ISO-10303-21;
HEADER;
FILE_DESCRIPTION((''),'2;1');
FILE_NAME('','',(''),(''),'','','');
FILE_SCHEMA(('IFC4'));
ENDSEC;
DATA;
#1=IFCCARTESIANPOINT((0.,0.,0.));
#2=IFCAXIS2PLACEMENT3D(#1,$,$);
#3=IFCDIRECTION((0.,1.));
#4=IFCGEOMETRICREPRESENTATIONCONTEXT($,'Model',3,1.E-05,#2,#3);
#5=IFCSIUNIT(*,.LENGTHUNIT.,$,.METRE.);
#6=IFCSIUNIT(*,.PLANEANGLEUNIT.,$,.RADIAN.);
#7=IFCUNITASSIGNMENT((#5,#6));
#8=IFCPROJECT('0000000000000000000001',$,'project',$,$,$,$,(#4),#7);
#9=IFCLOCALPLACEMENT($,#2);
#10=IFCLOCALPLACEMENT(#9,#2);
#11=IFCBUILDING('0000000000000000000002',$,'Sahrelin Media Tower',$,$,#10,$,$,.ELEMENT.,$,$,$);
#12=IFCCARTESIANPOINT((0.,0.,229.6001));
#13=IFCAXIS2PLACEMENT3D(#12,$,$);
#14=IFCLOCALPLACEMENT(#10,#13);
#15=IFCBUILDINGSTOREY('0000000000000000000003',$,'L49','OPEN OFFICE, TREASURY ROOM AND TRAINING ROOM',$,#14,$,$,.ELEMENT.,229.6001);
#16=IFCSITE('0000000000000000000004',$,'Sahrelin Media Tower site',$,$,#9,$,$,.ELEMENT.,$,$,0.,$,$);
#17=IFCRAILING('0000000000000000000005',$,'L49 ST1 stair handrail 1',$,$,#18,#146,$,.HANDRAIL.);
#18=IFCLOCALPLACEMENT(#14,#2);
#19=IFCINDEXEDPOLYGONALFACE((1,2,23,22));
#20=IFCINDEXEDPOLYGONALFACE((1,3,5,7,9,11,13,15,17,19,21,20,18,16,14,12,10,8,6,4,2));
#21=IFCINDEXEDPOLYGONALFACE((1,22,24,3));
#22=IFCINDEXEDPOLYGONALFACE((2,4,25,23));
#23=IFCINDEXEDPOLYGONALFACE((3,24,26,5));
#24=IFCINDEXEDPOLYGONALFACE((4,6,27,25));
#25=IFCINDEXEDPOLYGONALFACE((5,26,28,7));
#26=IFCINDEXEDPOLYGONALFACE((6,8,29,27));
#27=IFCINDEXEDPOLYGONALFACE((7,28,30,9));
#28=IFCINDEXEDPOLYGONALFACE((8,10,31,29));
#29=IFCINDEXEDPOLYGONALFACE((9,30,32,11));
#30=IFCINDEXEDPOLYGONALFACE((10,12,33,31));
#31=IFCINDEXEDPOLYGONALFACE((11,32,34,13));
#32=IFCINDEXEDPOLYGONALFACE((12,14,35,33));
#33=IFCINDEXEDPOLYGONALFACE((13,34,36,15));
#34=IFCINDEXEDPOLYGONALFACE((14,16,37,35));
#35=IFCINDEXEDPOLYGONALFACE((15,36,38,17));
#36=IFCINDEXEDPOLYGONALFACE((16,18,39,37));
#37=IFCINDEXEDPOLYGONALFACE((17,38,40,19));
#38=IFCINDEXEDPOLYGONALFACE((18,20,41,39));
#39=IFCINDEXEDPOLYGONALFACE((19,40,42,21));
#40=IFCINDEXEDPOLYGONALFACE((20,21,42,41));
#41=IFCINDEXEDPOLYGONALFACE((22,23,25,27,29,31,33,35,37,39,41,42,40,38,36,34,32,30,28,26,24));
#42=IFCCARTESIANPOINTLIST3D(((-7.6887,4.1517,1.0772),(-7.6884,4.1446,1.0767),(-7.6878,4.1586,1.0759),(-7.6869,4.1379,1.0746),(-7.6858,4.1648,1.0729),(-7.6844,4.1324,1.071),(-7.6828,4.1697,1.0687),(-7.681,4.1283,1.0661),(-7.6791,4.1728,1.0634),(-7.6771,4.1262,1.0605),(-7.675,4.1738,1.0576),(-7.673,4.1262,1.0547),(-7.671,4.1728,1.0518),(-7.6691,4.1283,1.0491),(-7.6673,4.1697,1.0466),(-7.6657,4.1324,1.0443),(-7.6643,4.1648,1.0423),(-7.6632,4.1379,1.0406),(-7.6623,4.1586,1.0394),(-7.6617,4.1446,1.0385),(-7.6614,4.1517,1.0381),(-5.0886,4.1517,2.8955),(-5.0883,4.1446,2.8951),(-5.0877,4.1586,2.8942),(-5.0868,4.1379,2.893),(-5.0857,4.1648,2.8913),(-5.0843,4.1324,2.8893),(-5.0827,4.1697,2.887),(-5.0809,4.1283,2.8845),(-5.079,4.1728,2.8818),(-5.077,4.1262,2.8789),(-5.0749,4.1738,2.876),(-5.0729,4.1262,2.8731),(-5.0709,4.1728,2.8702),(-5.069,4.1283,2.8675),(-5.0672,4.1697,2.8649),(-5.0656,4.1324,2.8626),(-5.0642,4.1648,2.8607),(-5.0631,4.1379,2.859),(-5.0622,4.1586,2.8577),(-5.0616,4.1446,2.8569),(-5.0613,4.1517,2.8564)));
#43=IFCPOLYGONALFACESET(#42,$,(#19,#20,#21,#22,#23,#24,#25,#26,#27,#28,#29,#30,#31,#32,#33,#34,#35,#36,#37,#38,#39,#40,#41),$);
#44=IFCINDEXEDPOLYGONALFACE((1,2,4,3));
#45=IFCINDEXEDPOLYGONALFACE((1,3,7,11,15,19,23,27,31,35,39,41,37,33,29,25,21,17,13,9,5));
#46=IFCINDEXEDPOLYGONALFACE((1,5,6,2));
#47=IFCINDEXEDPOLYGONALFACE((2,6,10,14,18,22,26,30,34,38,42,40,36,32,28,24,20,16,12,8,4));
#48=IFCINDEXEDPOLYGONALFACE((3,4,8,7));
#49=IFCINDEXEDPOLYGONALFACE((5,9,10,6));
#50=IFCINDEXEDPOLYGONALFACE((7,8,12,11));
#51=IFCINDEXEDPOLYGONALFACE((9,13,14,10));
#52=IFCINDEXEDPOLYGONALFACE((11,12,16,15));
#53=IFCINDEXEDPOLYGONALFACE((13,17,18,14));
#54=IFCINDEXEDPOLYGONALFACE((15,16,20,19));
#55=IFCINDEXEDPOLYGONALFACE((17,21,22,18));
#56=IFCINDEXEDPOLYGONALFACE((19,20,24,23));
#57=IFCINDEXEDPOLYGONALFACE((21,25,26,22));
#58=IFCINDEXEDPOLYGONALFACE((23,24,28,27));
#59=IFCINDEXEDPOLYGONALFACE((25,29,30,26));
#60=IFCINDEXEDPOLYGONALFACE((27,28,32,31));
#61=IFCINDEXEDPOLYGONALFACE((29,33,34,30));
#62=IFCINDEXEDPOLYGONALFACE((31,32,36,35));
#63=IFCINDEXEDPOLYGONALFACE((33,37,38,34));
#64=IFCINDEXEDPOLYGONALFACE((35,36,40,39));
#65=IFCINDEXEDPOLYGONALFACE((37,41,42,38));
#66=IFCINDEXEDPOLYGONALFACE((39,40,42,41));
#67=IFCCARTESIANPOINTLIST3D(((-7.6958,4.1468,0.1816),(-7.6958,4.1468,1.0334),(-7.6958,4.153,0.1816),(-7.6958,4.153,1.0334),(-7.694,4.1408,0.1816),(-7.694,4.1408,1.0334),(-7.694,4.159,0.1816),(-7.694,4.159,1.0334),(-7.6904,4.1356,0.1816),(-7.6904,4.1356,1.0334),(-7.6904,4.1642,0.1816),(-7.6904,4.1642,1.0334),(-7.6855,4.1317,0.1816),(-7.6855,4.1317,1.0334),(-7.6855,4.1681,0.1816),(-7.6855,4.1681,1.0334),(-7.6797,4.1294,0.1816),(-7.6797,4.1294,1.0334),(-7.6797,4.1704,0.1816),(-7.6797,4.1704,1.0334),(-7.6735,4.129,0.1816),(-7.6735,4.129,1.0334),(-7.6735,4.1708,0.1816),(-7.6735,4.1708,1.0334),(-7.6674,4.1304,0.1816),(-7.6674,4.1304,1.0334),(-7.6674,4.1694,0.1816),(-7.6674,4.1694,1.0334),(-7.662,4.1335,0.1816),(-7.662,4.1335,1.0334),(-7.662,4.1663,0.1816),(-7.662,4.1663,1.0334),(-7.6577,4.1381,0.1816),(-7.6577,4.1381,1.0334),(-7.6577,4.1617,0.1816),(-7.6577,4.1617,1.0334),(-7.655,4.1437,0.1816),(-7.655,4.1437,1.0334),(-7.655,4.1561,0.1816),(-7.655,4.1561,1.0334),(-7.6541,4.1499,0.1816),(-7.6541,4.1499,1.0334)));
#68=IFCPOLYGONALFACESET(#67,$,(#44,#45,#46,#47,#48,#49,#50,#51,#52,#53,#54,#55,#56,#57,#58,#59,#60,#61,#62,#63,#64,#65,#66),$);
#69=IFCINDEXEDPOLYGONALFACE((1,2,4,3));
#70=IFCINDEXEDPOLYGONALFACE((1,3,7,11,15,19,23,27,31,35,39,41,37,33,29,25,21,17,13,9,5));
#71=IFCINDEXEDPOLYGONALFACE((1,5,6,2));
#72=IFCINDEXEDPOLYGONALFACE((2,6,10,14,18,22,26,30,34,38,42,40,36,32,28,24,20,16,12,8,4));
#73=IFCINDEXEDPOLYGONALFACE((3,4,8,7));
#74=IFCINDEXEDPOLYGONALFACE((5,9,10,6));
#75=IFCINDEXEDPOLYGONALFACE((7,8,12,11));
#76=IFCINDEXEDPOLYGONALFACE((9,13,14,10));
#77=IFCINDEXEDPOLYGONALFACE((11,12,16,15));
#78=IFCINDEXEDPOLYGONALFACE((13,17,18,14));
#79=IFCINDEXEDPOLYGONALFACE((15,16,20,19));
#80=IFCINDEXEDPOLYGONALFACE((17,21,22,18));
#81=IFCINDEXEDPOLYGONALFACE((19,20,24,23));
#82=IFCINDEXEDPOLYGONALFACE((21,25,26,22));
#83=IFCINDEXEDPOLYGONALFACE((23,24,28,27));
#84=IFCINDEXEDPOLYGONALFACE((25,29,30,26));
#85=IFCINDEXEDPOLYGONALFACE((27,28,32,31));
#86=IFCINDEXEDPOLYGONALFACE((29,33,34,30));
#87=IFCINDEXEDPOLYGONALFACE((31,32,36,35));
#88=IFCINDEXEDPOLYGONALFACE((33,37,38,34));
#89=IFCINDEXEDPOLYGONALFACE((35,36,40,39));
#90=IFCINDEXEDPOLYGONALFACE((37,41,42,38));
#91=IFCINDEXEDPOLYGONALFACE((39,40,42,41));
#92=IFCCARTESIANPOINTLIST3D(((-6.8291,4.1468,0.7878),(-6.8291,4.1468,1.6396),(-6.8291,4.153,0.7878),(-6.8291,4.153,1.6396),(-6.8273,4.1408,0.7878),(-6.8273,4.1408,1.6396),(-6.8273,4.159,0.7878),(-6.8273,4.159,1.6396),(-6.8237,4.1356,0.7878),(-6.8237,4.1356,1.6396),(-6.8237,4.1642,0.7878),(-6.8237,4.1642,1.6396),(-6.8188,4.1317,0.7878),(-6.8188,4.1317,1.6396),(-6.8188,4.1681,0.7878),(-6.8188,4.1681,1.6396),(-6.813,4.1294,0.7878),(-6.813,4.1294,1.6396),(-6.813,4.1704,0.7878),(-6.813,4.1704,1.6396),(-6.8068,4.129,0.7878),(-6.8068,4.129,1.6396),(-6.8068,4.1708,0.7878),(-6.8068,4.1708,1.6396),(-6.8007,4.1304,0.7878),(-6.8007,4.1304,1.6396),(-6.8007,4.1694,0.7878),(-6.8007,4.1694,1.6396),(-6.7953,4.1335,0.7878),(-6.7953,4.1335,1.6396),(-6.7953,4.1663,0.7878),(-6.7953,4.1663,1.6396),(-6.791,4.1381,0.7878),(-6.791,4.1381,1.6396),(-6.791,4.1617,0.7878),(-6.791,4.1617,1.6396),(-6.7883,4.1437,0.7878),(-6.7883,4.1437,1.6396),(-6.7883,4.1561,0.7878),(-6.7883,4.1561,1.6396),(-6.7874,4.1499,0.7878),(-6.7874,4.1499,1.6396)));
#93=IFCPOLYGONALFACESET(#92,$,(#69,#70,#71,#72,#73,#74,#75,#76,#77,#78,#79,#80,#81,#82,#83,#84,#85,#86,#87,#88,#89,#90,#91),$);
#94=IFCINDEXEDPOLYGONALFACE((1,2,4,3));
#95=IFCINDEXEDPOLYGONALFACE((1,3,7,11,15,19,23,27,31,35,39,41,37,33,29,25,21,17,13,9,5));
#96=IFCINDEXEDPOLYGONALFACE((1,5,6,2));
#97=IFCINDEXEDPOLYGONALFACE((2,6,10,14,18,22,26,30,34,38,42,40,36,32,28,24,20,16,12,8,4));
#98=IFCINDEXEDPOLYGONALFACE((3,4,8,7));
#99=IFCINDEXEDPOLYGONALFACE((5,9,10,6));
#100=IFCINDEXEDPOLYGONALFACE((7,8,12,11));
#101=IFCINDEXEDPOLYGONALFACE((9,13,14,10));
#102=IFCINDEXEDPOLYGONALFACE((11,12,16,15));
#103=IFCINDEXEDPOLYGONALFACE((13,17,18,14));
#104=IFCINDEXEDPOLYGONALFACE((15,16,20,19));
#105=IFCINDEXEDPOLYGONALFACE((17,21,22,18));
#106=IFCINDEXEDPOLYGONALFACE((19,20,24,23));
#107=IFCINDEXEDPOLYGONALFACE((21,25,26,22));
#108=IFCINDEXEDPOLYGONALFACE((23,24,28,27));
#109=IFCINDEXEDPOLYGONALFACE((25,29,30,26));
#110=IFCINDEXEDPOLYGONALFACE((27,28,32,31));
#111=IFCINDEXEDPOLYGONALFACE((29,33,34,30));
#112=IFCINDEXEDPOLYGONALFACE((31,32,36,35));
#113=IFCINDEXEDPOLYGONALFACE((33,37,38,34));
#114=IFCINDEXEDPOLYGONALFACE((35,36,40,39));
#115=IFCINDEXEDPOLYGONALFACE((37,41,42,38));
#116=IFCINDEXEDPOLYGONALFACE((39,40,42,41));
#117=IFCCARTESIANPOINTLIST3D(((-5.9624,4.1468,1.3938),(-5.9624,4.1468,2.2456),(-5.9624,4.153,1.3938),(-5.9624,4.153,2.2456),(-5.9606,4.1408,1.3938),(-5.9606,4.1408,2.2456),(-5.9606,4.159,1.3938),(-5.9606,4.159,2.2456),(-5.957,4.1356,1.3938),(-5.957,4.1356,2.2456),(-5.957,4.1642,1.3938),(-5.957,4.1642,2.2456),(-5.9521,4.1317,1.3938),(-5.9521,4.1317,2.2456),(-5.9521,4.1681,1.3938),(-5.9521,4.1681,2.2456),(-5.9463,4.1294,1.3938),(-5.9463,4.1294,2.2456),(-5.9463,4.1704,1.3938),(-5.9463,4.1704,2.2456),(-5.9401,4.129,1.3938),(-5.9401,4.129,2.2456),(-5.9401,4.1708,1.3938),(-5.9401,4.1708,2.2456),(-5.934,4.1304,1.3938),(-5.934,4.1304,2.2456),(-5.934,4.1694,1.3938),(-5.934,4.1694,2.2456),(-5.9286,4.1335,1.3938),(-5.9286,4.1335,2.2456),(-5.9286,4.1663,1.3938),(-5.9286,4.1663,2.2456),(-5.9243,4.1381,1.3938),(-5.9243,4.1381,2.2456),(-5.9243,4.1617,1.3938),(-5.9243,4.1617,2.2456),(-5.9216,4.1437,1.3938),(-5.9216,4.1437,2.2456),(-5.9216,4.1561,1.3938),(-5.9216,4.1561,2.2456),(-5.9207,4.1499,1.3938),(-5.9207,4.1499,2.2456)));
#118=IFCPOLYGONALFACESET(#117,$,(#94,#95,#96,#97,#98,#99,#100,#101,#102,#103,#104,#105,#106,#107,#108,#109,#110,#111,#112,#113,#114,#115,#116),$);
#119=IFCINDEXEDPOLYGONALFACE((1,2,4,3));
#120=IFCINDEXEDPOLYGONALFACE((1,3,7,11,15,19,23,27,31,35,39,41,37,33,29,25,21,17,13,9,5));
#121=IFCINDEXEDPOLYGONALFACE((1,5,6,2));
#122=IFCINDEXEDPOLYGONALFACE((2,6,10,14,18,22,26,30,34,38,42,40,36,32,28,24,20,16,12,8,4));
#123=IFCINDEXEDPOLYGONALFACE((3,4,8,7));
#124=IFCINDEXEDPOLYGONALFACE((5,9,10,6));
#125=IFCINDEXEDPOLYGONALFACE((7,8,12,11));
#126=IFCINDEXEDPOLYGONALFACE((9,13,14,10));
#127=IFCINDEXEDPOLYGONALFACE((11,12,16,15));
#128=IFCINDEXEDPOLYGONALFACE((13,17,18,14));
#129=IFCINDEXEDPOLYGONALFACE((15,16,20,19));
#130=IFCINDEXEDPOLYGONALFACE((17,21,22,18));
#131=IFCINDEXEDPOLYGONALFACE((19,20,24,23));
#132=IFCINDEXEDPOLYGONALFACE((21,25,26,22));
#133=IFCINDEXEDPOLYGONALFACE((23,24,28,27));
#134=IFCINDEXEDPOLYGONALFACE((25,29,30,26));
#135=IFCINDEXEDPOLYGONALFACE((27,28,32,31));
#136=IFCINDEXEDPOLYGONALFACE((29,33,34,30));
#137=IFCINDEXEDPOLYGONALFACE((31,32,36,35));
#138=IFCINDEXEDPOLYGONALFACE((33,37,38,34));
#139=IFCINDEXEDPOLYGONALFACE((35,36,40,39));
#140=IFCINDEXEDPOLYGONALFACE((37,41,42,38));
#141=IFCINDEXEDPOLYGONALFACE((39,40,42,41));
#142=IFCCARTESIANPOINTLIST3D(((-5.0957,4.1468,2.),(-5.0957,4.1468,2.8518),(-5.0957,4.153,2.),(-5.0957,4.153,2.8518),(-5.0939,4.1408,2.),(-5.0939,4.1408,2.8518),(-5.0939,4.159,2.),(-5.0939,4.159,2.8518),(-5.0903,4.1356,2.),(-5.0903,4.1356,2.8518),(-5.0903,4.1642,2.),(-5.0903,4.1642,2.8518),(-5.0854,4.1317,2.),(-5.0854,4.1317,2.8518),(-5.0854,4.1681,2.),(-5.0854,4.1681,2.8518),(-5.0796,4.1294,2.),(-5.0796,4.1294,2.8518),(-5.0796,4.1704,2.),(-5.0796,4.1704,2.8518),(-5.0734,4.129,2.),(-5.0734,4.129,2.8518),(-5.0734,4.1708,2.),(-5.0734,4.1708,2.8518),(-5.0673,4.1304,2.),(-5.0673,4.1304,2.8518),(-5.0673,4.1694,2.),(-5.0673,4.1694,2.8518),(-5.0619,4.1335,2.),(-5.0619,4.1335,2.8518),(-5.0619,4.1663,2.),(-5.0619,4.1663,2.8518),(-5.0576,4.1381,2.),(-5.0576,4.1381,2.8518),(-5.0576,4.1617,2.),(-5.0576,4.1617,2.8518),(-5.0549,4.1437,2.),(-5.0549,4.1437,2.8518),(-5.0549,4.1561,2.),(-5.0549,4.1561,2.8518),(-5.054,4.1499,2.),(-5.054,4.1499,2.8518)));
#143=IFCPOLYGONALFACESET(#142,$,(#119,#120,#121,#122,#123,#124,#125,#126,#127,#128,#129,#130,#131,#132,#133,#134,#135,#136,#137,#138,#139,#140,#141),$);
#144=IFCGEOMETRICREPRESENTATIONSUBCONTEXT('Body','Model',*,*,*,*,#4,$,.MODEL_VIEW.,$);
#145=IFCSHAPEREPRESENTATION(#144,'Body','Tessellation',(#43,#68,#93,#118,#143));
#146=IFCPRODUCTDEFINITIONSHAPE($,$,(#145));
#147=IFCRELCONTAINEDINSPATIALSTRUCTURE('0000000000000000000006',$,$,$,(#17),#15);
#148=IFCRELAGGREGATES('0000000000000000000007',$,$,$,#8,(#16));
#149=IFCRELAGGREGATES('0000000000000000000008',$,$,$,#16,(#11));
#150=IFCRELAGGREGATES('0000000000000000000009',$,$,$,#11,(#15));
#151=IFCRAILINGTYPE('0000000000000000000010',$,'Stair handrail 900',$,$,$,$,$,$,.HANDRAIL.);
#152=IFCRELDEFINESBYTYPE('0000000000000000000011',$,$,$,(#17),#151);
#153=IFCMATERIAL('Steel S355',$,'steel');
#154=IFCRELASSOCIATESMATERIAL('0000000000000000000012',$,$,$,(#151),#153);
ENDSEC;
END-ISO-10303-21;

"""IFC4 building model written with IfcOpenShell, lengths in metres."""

from ifc_helpers import new_model, si_unit, direction, frame, origin, origin_2d, place, context, subcontext, project, spatial, circle, extrude, material, type_object, element, save


model = new_model("IFC4")

# Units and contexts
model_context = context("Model", 3, precision=1e-05, world=origin(), true_north=direction((0.0, 1.0)))
body_context = subcontext(model_context, "Body", "Model", "MODEL_VIEW")
ifc_project = project(units=[si_unit("LENGTHUNIT", "METRE"), si_unit("PLANEANGLEUNIT", "RADIAN")], contexts=[model_context])

# Site, building, storey
site_placement = place(None, origin())
site = spatial("IfcSite", under=ifc_project, at=site_placement, Name="Sahrelin Media Tower site", CompositionType="ELEMENT", RefElevation=0.0)
building_placement = place(site_placement, origin())
building = spatial("IfcBuilding", under=site, at=building_placement, Name="Sahrelin Media Tower", CompositionType="ELEMENT")
storey_placement = place(building_placement, frame((0.0, 0.0, 229.6001)))
storey = spatial("IfcBuildingStorey", under=building, at=storey_placement, Name="L49", Description="OPEN OFFICE, TREASURY ROOM AND TRAINING ROOM", CompositionType="ELEMENT", Elevation=229.6001)

# Shared definitions
ifc_material_1 = material(Name="Steel S355", Category="steel")

# Railing
railing_type_1 = type_object("IfcRailingType", Name="Stair handrail 900", PredefinedType="HANDRAIL", material=ifc_material_1)
railing_1_placement = place(storey_placement, frame((-7.675, 4.1499, 0.1816)))
element("IfcRailing", 1, at=railing_1_placement, inside=storey, type_object=railing_type_1, Name="L49 ST1 stair handrail 1", PredefinedType="HANDRAIL", context=body_context, shape_type="SweptSolid", body=[
    extrude(circle(Radius=0.0239, at=origin_2d()), frame((0.0, 0.0, 0.876), z_axis=(0.819485, 0.0, 0.573101), x_axis=(0.0, 1.0, 0.0)), (0.0, 0.0, 1.0), 3.1729),
    extrude(circle(Radius=0.021, at=origin_2d()), origin(), (0.0, 0.0, 1.0), 0.8518),
    extrude(circle(Radius=0.021, at=origin_2d()), frame((0.8667, 0.0, 0.6062)), (0.0, 0.0, 1.0), 0.8518),
    extrude(circle(Radius=0.021, at=origin_2d()), frame((1.7334, 0.0, 1.2122)), (0.0, 0.0, 1.0), 0.8518),
    extrude(circle(Radius=0.021, at=origin_2d()), frame((2.6001, 0.0, 1.8184)), (0.0, 0.0, 1.0), 0.8518),
])

save(model, "model.ifc")
